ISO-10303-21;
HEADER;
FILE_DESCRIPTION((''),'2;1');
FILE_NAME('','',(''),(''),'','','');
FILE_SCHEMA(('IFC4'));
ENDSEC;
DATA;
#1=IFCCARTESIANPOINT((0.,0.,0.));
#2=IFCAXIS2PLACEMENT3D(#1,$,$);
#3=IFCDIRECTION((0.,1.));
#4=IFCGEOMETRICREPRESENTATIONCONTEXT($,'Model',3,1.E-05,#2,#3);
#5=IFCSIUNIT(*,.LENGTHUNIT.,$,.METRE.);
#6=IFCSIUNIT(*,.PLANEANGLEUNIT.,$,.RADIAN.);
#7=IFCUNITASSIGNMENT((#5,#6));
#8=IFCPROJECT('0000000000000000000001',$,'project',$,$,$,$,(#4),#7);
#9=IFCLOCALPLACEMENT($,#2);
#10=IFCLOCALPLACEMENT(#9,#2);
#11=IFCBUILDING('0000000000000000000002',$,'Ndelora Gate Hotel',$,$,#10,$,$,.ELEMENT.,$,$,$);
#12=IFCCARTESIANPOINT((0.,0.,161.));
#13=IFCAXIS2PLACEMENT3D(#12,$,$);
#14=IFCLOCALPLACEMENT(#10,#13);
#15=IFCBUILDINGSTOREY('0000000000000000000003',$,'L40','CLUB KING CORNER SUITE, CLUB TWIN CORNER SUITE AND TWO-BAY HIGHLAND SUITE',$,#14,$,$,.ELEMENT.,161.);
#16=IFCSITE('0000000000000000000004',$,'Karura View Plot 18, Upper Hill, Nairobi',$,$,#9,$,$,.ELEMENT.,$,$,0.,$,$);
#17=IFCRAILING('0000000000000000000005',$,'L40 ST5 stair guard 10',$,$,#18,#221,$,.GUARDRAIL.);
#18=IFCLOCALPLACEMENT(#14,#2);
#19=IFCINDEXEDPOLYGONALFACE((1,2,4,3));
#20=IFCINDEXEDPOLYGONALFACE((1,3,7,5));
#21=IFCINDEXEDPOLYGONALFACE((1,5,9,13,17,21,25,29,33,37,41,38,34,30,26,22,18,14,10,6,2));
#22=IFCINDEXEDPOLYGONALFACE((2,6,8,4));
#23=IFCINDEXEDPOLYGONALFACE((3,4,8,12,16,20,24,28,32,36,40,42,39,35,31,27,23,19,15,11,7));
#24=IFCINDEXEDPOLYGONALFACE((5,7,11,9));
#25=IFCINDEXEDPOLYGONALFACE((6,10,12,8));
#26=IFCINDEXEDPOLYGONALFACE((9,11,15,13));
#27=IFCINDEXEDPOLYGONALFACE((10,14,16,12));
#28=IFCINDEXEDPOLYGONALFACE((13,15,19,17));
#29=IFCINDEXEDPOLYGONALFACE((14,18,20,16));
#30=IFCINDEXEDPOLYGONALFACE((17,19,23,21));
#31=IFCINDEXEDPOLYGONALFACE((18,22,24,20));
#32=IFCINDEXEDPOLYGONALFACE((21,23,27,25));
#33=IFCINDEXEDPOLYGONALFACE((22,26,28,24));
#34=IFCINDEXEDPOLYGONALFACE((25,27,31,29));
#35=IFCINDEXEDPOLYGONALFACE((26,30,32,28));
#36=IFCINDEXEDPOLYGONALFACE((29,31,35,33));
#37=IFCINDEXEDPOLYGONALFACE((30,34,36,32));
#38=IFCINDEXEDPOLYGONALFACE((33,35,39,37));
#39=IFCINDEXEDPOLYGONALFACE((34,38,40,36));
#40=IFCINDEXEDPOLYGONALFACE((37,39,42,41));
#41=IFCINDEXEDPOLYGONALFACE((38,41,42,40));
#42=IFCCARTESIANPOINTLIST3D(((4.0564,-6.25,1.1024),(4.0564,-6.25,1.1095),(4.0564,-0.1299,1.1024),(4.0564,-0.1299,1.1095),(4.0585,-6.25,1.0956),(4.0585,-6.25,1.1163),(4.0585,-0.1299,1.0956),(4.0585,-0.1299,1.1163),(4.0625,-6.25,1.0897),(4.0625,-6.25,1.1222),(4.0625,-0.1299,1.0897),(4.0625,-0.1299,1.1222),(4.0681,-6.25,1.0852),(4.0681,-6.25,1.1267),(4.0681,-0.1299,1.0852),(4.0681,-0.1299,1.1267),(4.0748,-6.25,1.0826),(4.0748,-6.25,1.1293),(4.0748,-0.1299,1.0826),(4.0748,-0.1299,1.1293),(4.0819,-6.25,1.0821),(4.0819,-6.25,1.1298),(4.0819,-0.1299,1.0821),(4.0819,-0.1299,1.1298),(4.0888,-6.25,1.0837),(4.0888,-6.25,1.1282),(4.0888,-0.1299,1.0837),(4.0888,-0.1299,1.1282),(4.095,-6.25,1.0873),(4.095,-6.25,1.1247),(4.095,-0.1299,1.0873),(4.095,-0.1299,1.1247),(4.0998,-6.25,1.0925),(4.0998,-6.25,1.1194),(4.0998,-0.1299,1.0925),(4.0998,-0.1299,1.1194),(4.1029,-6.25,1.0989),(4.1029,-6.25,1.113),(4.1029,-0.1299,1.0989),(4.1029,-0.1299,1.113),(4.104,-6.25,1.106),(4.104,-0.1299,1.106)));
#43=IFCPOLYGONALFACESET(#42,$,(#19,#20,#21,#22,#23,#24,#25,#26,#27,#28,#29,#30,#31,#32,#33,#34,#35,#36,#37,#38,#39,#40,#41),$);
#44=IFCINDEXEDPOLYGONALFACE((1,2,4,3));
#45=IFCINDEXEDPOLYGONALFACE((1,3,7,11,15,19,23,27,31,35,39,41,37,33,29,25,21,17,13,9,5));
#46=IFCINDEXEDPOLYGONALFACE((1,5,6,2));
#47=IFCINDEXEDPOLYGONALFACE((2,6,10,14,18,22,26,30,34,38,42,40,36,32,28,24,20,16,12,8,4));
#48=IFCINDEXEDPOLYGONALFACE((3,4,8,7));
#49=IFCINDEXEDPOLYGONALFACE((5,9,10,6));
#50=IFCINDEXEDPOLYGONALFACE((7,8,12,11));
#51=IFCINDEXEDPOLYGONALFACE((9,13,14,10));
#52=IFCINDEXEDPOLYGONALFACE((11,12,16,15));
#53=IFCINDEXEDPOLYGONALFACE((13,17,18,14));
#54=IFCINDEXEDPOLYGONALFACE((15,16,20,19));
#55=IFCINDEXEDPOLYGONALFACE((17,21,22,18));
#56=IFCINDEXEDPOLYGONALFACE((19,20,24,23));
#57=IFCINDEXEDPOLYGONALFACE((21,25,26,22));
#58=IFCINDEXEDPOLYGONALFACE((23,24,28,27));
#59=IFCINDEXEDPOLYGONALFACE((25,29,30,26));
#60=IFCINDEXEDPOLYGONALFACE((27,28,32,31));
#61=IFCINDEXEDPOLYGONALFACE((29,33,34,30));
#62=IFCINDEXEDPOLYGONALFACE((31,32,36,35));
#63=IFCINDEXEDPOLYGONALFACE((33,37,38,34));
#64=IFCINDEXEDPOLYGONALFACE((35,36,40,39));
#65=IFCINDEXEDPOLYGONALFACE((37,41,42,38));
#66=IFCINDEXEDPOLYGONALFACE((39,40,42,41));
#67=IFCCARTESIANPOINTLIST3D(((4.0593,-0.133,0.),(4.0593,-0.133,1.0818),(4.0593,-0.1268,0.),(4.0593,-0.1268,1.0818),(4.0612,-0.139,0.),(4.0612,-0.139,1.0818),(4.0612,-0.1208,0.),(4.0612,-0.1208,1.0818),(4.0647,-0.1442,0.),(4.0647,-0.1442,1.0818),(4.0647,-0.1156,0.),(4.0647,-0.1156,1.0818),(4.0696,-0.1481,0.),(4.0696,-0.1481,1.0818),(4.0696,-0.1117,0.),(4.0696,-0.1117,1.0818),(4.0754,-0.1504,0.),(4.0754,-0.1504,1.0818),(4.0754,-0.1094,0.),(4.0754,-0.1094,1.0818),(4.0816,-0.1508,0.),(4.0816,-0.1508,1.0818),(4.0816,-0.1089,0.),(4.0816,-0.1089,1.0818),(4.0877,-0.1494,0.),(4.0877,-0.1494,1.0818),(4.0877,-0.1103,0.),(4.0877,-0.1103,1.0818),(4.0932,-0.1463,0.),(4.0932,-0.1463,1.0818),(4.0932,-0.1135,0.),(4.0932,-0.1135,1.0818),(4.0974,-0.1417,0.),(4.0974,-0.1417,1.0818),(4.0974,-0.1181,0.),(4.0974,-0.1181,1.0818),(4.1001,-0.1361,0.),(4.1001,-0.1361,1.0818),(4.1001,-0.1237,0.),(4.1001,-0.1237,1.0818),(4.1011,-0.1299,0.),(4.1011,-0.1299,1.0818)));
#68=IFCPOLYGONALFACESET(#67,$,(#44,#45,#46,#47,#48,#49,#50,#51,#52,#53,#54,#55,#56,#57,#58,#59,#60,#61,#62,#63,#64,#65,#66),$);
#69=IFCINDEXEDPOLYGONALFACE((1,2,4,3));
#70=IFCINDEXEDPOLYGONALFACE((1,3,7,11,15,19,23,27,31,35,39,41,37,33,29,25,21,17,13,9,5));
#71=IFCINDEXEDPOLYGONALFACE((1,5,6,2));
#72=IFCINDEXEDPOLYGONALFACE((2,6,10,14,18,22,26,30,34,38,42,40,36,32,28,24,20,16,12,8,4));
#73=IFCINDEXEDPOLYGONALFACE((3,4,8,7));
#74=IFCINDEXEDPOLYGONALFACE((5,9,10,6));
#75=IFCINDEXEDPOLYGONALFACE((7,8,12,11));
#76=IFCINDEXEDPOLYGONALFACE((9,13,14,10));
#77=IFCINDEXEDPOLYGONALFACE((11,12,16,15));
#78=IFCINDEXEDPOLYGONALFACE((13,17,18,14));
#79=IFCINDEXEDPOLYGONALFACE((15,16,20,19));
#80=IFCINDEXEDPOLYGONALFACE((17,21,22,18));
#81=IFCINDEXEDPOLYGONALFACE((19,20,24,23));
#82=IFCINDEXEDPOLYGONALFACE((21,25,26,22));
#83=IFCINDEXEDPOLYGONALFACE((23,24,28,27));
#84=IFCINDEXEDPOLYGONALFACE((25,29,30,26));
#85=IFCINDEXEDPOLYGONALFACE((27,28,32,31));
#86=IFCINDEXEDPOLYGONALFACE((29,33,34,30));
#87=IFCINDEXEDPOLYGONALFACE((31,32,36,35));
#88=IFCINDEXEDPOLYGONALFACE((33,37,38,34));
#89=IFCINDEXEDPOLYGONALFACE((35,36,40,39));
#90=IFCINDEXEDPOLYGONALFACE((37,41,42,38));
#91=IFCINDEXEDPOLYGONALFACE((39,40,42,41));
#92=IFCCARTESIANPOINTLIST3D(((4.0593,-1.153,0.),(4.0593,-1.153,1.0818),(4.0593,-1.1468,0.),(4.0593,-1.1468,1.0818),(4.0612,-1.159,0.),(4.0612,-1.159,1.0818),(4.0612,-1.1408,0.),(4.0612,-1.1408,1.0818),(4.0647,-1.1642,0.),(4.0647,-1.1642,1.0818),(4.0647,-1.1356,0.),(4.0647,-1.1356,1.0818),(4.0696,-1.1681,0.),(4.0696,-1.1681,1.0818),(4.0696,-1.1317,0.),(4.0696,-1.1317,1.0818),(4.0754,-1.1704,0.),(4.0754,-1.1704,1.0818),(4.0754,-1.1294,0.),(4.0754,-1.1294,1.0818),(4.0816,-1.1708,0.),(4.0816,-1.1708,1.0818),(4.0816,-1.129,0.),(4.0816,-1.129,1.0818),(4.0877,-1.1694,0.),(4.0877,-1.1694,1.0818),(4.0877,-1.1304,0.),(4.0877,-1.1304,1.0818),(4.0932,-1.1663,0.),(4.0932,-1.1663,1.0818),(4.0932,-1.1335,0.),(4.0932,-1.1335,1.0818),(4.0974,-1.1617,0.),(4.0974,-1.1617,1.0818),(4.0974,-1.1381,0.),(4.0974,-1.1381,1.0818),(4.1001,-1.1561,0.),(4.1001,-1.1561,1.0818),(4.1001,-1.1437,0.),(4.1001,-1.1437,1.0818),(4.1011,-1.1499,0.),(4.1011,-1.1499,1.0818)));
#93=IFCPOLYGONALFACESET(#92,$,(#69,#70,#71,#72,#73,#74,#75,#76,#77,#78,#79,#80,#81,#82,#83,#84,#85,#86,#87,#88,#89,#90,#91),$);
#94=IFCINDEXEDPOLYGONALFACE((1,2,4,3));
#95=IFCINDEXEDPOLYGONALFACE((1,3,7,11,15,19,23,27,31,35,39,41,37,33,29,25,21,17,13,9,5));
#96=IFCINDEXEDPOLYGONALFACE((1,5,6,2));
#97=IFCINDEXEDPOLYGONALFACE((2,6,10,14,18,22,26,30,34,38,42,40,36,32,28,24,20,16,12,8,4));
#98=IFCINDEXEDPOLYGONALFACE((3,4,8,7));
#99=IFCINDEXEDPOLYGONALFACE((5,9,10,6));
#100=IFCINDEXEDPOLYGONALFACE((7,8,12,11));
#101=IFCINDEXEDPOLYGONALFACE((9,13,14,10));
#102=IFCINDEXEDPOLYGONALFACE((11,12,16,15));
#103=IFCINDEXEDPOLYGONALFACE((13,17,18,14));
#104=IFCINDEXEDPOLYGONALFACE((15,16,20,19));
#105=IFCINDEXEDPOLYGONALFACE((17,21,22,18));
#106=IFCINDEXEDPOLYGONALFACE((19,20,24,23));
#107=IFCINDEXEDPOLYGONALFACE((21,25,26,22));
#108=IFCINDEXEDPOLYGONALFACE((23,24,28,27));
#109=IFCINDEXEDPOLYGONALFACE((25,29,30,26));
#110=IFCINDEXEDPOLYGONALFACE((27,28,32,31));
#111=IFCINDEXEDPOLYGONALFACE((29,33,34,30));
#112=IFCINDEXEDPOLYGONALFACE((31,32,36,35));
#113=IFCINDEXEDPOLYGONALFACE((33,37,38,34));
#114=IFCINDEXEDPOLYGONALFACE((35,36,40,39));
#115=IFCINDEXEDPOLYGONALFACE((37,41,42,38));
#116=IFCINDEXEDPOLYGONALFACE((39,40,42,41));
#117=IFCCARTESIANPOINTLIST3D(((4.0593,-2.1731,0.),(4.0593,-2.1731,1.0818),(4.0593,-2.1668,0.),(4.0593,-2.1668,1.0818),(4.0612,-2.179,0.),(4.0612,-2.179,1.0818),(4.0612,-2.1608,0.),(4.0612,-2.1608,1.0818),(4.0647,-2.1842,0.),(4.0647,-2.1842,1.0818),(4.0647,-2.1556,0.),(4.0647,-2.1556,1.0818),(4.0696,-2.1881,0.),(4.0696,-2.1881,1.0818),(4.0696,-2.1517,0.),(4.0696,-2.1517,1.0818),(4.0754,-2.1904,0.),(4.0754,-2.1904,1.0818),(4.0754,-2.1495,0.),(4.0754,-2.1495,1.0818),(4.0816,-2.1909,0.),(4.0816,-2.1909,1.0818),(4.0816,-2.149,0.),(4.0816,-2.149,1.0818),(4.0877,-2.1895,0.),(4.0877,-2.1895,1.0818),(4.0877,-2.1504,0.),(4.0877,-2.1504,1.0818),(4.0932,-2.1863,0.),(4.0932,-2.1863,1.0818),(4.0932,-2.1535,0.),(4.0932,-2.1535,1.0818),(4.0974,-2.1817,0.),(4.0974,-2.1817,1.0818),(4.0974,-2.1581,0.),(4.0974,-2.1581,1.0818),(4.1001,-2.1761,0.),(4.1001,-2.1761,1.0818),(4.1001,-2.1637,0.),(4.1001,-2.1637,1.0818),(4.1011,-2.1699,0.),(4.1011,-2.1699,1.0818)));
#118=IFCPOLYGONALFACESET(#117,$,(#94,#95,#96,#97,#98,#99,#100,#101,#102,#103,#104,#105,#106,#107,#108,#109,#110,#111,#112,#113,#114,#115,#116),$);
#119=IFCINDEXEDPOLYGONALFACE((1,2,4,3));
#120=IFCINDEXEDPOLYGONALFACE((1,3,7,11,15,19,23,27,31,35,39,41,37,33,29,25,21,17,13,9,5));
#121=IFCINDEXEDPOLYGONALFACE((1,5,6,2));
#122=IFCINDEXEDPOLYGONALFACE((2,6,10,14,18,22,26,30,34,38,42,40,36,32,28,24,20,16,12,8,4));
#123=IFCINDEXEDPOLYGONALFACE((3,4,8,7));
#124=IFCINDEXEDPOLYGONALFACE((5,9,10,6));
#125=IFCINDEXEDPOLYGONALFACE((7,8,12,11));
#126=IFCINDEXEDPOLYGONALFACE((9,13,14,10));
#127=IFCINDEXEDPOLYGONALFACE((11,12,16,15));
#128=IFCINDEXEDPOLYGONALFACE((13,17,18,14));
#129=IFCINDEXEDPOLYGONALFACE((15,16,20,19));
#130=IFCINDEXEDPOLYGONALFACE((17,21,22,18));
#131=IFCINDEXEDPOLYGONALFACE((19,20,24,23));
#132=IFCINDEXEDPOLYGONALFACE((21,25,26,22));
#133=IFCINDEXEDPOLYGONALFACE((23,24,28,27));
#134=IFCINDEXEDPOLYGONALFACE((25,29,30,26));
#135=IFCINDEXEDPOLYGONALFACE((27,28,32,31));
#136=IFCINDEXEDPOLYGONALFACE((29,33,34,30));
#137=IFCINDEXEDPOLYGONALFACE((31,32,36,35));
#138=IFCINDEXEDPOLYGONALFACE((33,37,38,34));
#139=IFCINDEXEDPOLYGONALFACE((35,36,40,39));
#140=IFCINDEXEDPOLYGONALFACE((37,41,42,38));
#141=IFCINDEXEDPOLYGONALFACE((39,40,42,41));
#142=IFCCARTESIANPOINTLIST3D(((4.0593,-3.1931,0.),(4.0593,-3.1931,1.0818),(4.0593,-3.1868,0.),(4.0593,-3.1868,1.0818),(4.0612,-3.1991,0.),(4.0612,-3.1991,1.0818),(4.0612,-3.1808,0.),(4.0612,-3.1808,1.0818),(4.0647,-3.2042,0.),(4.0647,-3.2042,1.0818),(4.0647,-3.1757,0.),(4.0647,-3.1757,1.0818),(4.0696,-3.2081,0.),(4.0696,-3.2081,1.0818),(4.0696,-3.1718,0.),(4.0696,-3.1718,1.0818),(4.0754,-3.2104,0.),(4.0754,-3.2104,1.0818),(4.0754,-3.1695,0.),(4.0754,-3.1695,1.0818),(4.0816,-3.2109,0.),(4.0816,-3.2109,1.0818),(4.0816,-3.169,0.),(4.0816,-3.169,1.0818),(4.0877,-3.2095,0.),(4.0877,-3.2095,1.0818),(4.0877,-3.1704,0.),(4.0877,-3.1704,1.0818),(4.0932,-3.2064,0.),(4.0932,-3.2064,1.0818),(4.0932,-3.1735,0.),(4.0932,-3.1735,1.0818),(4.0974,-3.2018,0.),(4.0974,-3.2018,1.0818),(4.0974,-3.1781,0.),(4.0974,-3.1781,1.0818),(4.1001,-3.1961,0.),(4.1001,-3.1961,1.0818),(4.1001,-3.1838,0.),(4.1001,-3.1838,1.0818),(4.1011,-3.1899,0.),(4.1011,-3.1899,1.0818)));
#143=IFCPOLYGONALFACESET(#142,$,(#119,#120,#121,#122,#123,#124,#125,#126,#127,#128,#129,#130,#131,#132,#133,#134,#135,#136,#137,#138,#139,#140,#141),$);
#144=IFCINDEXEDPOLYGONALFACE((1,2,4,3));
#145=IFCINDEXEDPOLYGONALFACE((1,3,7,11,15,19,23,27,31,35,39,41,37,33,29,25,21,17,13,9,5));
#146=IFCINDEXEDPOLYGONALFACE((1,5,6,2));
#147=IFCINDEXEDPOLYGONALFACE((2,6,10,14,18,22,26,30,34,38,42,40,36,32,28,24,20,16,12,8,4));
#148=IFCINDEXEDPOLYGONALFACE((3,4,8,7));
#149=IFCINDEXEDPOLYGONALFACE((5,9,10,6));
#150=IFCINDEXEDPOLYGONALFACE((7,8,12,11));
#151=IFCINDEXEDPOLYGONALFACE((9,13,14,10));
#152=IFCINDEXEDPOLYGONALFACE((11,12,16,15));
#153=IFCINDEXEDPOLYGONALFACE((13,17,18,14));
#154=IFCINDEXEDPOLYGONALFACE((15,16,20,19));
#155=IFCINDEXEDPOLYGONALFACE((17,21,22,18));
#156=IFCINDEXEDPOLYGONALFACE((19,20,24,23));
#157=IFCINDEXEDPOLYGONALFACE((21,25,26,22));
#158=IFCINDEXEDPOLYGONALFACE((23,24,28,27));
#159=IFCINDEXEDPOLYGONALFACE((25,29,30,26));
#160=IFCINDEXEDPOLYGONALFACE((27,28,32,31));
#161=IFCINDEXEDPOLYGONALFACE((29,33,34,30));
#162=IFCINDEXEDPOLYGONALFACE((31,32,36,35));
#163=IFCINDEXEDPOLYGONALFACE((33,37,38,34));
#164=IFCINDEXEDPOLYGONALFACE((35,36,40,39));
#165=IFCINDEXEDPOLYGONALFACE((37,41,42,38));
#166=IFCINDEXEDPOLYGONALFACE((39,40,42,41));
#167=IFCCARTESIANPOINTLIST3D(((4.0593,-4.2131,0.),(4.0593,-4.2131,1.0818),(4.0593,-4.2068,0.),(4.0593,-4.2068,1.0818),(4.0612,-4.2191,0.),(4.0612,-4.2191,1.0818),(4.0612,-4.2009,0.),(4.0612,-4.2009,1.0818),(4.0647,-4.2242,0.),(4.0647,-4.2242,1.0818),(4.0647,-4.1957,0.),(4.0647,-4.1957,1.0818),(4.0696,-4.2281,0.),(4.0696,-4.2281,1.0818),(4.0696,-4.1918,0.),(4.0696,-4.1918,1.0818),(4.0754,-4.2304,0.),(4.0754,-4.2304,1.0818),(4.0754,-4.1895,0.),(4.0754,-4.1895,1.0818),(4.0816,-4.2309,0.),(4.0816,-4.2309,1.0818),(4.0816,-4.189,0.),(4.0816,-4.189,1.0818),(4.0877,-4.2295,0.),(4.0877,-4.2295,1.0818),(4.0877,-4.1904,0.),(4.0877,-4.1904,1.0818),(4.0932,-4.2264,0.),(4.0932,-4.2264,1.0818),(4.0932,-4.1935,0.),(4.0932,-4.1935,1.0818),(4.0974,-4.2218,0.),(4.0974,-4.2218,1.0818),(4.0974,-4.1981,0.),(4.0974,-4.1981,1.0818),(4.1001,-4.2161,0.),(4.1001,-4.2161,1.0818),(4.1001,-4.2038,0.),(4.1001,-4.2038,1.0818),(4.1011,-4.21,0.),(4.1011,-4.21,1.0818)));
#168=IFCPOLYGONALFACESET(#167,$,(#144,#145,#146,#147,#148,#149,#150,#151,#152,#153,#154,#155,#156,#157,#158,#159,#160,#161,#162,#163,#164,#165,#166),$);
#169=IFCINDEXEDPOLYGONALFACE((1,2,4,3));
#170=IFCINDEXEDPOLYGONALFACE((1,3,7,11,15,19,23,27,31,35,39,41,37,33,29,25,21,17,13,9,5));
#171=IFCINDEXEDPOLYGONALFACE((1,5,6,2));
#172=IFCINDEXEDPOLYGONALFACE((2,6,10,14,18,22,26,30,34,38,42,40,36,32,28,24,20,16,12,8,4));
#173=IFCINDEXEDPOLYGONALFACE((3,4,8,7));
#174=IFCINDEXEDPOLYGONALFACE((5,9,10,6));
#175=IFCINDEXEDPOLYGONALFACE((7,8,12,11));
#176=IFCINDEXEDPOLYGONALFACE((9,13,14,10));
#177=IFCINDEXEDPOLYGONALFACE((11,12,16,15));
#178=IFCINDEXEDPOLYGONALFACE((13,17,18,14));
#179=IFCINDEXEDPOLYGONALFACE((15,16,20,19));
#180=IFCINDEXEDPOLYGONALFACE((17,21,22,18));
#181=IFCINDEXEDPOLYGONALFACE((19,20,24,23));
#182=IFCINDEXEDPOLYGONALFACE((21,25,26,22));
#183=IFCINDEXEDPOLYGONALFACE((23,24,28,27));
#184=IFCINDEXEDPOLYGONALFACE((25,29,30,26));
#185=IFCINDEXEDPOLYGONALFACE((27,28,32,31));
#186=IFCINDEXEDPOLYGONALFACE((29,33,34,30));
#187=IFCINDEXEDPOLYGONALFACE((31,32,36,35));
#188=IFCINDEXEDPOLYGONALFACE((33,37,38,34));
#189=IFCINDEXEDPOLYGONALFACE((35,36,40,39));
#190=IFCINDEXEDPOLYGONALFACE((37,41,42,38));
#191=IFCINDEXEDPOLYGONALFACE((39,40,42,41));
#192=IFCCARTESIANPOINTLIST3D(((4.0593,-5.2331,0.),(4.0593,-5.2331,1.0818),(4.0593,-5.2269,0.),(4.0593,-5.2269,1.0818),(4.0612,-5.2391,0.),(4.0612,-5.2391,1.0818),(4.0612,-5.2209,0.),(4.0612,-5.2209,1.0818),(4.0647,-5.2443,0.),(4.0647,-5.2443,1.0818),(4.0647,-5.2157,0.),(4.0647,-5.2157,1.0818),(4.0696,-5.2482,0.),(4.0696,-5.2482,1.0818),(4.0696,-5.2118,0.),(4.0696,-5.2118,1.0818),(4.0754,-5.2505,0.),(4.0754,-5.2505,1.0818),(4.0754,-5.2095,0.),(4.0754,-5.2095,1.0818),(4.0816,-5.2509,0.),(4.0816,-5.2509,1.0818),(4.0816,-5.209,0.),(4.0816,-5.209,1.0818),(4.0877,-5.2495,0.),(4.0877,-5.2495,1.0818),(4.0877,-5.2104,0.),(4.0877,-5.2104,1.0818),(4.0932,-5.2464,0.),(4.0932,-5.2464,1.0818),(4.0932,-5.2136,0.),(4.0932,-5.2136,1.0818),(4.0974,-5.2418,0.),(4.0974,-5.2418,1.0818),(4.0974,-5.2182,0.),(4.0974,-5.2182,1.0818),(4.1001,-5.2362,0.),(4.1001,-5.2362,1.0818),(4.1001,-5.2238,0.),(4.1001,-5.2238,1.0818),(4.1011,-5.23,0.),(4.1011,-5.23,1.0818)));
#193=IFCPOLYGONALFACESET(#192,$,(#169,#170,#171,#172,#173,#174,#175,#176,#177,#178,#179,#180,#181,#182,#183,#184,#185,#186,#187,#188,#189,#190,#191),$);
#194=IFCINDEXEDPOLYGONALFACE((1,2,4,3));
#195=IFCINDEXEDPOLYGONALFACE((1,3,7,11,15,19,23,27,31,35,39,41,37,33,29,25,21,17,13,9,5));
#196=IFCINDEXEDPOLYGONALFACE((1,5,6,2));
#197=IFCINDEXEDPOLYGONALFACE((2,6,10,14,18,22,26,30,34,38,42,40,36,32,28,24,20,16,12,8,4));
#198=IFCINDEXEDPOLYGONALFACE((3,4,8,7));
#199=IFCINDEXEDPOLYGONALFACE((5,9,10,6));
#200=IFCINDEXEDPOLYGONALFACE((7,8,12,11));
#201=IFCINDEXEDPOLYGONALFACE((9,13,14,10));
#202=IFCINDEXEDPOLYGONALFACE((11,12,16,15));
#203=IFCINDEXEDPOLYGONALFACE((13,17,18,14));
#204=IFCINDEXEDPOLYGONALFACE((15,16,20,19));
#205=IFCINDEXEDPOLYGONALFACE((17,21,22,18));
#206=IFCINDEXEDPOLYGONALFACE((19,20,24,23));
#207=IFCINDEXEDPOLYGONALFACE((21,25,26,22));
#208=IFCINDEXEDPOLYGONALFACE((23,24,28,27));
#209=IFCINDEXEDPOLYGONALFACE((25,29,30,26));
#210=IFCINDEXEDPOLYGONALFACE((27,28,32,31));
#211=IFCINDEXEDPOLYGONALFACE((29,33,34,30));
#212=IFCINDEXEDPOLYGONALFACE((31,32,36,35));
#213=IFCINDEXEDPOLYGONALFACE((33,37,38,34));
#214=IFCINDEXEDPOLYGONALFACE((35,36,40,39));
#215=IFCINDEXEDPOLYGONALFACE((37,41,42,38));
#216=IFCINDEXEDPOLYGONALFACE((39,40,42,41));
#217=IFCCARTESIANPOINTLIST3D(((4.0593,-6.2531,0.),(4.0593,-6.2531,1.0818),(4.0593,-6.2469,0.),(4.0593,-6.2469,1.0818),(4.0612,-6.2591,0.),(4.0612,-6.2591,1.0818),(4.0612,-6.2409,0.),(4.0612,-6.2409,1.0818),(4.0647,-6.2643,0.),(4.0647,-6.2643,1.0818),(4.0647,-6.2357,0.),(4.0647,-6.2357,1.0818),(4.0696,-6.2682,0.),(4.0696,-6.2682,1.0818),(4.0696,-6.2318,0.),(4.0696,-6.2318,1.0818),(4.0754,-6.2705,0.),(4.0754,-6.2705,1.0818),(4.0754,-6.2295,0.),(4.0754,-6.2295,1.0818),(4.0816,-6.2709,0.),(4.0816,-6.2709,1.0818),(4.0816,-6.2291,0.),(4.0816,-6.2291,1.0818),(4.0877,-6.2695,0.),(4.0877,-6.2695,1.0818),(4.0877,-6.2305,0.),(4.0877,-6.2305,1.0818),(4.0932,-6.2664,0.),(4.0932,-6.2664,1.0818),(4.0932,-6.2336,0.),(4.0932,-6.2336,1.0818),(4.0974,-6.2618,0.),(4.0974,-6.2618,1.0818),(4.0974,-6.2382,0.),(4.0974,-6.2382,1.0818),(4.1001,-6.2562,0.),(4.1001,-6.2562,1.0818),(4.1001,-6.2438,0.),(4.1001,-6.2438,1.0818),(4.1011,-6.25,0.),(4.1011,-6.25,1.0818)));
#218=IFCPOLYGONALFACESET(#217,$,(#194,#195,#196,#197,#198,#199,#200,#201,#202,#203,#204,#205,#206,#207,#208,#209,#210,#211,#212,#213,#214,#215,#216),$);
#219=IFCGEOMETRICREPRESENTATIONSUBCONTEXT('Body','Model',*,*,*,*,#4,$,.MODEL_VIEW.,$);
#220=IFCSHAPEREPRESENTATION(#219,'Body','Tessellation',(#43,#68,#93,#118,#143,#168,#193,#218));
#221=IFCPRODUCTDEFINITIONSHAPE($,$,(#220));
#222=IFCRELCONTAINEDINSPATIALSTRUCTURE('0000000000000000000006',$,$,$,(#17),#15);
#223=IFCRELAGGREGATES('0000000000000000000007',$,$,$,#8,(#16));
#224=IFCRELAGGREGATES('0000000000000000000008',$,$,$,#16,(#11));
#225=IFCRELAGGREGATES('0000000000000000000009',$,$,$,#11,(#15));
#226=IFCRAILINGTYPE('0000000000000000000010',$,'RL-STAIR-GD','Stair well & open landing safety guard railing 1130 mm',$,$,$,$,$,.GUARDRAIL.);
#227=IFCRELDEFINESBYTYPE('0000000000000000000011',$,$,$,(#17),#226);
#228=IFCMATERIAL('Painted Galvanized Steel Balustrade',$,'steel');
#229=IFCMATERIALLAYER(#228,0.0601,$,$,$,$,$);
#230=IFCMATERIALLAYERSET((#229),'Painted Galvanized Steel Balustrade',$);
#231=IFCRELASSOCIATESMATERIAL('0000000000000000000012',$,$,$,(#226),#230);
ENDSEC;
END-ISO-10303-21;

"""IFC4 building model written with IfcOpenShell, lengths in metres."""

from ifc_helpers import new_model, si_unit, direction, frame, origin, origin_2d, place, context, subcontext, project, spatial, circle, extrude, material, layer, layer_set, type_object, element, save


model = new_model("IFC4")

# Units and contexts
model_context = context("Model", 3, precision=1e-05, world=origin(), true_north=direction((0.0, 1.0)))
body_context = subcontext(model_context, "Body", "Model", "MODEL_VIEW")
ifc_project = project(units=[si_unit("LENGTHUNIT", "METRE"), si_unit("PLANEANGLEUNIT", "RADIAN")], contexts=[model_context])

# Site, building, storey
site_placement = place(None, origin())
site = spatial("IfcSite", under=ifc_project, at=site_placement, Name="Karura View Plot 18, Upper Hill, Nairobi", CompositionType="ELEMENT", RefElevation=0.0)
building_placement = place(site_placement, origin())
building = spatial("IfcBuilding", under=site, at=building_placement, Name="Ndelora Gate Hotel", CompositionType="ELEMENT")
storey_placement = place(building_placement, frame((0.0, 0.0, 161.0)))
storey = spatial("IfcBuildingStorey", under=building, at=storey_placement, Name="L40", Description="CLUB KING CORNER SUITE, CLUB TWIN CORNER SUITE AND TWO-BAY HIGHLAND SUITE", CompositionType="ELEMENT", Elevation=161.0)

# Railing
ifc_material_1 = material(Name="Painted Galvanized Steel Balustrade", Category="steel")
ifc_layer_1 = layer(ifc_material_1, 0.0601)
ifc_layer_set_1 = layer_set([ifc_layer_1], Name="Painted Galvanized Steel Balustrade")
railing_type_1 = type_object("IfcRailingType", Name="RL-STAIR-GD", Description="Stair well & open landing safety guard railing 1130 mm", PredefinedType="GUARDRAIL", material=ifc_layer_set_1)
railing_1_placement = place(storey_placement, frame((4.0801, -0.1299, 0.0)))
element("IfcRailing", 1, at=railing_1_placement, inside=storey, type_object=railing_type_1, Name="L40 ST5 stair guard 10", PredefinedType="GUARDRAIL", context=body_context, shape_type="SweptSolid", body=[
    extrude(circle(Radius=0.0239, at=origin_2d()), frame((0.0, 0.0, 1.106), z_axis=(0.0, -1.0, 0.0), x_axis=(1.0, 0.0, 0.0)), (0.0, 0.0, 1.0), 6.1201),
    extrude(circle(Radius=0.021, at=origin_2d()), origin(), (0.0, 0.0, 1.0), 1.0818),
    extrude(circle(Radius=0.021, at=origin_2d()), frame((0.0, -1.02, 0.0)), (0.0, 0.0, 1.0), 1.0818),
    extrude(circle(Radius=0.021, at=origin_2d()), frame((0.0, -2.04, 0.0)), (0.0, 0.0, 1.0), 1.0818),
    extrude(circle(Radius=0.021, at=origin_2d()), frame((0.0, -3.0601, 0.0)), (0.0, 0.0, 1.0), 1.0818),
    extrude(circle(Radius=0.021, at=origin_2d()), frame((0.0, -4.0801, 0.0)), (0.0, 0.0, 1.0), 1.0818),
    extrude(circle(Radius=0.021, at=origin_2d()), frame((0.0, -5.1001, 0.0)), (0.0, 0.0, 1.0), 1.0818),
    extrude(circle(Radius=0.021, at=origin_2d()), frame((0.0, -6.1201, 0.0)), (0.0, 0.0, 1.0), 1.0818),
])

save(model, "model.ifc")
